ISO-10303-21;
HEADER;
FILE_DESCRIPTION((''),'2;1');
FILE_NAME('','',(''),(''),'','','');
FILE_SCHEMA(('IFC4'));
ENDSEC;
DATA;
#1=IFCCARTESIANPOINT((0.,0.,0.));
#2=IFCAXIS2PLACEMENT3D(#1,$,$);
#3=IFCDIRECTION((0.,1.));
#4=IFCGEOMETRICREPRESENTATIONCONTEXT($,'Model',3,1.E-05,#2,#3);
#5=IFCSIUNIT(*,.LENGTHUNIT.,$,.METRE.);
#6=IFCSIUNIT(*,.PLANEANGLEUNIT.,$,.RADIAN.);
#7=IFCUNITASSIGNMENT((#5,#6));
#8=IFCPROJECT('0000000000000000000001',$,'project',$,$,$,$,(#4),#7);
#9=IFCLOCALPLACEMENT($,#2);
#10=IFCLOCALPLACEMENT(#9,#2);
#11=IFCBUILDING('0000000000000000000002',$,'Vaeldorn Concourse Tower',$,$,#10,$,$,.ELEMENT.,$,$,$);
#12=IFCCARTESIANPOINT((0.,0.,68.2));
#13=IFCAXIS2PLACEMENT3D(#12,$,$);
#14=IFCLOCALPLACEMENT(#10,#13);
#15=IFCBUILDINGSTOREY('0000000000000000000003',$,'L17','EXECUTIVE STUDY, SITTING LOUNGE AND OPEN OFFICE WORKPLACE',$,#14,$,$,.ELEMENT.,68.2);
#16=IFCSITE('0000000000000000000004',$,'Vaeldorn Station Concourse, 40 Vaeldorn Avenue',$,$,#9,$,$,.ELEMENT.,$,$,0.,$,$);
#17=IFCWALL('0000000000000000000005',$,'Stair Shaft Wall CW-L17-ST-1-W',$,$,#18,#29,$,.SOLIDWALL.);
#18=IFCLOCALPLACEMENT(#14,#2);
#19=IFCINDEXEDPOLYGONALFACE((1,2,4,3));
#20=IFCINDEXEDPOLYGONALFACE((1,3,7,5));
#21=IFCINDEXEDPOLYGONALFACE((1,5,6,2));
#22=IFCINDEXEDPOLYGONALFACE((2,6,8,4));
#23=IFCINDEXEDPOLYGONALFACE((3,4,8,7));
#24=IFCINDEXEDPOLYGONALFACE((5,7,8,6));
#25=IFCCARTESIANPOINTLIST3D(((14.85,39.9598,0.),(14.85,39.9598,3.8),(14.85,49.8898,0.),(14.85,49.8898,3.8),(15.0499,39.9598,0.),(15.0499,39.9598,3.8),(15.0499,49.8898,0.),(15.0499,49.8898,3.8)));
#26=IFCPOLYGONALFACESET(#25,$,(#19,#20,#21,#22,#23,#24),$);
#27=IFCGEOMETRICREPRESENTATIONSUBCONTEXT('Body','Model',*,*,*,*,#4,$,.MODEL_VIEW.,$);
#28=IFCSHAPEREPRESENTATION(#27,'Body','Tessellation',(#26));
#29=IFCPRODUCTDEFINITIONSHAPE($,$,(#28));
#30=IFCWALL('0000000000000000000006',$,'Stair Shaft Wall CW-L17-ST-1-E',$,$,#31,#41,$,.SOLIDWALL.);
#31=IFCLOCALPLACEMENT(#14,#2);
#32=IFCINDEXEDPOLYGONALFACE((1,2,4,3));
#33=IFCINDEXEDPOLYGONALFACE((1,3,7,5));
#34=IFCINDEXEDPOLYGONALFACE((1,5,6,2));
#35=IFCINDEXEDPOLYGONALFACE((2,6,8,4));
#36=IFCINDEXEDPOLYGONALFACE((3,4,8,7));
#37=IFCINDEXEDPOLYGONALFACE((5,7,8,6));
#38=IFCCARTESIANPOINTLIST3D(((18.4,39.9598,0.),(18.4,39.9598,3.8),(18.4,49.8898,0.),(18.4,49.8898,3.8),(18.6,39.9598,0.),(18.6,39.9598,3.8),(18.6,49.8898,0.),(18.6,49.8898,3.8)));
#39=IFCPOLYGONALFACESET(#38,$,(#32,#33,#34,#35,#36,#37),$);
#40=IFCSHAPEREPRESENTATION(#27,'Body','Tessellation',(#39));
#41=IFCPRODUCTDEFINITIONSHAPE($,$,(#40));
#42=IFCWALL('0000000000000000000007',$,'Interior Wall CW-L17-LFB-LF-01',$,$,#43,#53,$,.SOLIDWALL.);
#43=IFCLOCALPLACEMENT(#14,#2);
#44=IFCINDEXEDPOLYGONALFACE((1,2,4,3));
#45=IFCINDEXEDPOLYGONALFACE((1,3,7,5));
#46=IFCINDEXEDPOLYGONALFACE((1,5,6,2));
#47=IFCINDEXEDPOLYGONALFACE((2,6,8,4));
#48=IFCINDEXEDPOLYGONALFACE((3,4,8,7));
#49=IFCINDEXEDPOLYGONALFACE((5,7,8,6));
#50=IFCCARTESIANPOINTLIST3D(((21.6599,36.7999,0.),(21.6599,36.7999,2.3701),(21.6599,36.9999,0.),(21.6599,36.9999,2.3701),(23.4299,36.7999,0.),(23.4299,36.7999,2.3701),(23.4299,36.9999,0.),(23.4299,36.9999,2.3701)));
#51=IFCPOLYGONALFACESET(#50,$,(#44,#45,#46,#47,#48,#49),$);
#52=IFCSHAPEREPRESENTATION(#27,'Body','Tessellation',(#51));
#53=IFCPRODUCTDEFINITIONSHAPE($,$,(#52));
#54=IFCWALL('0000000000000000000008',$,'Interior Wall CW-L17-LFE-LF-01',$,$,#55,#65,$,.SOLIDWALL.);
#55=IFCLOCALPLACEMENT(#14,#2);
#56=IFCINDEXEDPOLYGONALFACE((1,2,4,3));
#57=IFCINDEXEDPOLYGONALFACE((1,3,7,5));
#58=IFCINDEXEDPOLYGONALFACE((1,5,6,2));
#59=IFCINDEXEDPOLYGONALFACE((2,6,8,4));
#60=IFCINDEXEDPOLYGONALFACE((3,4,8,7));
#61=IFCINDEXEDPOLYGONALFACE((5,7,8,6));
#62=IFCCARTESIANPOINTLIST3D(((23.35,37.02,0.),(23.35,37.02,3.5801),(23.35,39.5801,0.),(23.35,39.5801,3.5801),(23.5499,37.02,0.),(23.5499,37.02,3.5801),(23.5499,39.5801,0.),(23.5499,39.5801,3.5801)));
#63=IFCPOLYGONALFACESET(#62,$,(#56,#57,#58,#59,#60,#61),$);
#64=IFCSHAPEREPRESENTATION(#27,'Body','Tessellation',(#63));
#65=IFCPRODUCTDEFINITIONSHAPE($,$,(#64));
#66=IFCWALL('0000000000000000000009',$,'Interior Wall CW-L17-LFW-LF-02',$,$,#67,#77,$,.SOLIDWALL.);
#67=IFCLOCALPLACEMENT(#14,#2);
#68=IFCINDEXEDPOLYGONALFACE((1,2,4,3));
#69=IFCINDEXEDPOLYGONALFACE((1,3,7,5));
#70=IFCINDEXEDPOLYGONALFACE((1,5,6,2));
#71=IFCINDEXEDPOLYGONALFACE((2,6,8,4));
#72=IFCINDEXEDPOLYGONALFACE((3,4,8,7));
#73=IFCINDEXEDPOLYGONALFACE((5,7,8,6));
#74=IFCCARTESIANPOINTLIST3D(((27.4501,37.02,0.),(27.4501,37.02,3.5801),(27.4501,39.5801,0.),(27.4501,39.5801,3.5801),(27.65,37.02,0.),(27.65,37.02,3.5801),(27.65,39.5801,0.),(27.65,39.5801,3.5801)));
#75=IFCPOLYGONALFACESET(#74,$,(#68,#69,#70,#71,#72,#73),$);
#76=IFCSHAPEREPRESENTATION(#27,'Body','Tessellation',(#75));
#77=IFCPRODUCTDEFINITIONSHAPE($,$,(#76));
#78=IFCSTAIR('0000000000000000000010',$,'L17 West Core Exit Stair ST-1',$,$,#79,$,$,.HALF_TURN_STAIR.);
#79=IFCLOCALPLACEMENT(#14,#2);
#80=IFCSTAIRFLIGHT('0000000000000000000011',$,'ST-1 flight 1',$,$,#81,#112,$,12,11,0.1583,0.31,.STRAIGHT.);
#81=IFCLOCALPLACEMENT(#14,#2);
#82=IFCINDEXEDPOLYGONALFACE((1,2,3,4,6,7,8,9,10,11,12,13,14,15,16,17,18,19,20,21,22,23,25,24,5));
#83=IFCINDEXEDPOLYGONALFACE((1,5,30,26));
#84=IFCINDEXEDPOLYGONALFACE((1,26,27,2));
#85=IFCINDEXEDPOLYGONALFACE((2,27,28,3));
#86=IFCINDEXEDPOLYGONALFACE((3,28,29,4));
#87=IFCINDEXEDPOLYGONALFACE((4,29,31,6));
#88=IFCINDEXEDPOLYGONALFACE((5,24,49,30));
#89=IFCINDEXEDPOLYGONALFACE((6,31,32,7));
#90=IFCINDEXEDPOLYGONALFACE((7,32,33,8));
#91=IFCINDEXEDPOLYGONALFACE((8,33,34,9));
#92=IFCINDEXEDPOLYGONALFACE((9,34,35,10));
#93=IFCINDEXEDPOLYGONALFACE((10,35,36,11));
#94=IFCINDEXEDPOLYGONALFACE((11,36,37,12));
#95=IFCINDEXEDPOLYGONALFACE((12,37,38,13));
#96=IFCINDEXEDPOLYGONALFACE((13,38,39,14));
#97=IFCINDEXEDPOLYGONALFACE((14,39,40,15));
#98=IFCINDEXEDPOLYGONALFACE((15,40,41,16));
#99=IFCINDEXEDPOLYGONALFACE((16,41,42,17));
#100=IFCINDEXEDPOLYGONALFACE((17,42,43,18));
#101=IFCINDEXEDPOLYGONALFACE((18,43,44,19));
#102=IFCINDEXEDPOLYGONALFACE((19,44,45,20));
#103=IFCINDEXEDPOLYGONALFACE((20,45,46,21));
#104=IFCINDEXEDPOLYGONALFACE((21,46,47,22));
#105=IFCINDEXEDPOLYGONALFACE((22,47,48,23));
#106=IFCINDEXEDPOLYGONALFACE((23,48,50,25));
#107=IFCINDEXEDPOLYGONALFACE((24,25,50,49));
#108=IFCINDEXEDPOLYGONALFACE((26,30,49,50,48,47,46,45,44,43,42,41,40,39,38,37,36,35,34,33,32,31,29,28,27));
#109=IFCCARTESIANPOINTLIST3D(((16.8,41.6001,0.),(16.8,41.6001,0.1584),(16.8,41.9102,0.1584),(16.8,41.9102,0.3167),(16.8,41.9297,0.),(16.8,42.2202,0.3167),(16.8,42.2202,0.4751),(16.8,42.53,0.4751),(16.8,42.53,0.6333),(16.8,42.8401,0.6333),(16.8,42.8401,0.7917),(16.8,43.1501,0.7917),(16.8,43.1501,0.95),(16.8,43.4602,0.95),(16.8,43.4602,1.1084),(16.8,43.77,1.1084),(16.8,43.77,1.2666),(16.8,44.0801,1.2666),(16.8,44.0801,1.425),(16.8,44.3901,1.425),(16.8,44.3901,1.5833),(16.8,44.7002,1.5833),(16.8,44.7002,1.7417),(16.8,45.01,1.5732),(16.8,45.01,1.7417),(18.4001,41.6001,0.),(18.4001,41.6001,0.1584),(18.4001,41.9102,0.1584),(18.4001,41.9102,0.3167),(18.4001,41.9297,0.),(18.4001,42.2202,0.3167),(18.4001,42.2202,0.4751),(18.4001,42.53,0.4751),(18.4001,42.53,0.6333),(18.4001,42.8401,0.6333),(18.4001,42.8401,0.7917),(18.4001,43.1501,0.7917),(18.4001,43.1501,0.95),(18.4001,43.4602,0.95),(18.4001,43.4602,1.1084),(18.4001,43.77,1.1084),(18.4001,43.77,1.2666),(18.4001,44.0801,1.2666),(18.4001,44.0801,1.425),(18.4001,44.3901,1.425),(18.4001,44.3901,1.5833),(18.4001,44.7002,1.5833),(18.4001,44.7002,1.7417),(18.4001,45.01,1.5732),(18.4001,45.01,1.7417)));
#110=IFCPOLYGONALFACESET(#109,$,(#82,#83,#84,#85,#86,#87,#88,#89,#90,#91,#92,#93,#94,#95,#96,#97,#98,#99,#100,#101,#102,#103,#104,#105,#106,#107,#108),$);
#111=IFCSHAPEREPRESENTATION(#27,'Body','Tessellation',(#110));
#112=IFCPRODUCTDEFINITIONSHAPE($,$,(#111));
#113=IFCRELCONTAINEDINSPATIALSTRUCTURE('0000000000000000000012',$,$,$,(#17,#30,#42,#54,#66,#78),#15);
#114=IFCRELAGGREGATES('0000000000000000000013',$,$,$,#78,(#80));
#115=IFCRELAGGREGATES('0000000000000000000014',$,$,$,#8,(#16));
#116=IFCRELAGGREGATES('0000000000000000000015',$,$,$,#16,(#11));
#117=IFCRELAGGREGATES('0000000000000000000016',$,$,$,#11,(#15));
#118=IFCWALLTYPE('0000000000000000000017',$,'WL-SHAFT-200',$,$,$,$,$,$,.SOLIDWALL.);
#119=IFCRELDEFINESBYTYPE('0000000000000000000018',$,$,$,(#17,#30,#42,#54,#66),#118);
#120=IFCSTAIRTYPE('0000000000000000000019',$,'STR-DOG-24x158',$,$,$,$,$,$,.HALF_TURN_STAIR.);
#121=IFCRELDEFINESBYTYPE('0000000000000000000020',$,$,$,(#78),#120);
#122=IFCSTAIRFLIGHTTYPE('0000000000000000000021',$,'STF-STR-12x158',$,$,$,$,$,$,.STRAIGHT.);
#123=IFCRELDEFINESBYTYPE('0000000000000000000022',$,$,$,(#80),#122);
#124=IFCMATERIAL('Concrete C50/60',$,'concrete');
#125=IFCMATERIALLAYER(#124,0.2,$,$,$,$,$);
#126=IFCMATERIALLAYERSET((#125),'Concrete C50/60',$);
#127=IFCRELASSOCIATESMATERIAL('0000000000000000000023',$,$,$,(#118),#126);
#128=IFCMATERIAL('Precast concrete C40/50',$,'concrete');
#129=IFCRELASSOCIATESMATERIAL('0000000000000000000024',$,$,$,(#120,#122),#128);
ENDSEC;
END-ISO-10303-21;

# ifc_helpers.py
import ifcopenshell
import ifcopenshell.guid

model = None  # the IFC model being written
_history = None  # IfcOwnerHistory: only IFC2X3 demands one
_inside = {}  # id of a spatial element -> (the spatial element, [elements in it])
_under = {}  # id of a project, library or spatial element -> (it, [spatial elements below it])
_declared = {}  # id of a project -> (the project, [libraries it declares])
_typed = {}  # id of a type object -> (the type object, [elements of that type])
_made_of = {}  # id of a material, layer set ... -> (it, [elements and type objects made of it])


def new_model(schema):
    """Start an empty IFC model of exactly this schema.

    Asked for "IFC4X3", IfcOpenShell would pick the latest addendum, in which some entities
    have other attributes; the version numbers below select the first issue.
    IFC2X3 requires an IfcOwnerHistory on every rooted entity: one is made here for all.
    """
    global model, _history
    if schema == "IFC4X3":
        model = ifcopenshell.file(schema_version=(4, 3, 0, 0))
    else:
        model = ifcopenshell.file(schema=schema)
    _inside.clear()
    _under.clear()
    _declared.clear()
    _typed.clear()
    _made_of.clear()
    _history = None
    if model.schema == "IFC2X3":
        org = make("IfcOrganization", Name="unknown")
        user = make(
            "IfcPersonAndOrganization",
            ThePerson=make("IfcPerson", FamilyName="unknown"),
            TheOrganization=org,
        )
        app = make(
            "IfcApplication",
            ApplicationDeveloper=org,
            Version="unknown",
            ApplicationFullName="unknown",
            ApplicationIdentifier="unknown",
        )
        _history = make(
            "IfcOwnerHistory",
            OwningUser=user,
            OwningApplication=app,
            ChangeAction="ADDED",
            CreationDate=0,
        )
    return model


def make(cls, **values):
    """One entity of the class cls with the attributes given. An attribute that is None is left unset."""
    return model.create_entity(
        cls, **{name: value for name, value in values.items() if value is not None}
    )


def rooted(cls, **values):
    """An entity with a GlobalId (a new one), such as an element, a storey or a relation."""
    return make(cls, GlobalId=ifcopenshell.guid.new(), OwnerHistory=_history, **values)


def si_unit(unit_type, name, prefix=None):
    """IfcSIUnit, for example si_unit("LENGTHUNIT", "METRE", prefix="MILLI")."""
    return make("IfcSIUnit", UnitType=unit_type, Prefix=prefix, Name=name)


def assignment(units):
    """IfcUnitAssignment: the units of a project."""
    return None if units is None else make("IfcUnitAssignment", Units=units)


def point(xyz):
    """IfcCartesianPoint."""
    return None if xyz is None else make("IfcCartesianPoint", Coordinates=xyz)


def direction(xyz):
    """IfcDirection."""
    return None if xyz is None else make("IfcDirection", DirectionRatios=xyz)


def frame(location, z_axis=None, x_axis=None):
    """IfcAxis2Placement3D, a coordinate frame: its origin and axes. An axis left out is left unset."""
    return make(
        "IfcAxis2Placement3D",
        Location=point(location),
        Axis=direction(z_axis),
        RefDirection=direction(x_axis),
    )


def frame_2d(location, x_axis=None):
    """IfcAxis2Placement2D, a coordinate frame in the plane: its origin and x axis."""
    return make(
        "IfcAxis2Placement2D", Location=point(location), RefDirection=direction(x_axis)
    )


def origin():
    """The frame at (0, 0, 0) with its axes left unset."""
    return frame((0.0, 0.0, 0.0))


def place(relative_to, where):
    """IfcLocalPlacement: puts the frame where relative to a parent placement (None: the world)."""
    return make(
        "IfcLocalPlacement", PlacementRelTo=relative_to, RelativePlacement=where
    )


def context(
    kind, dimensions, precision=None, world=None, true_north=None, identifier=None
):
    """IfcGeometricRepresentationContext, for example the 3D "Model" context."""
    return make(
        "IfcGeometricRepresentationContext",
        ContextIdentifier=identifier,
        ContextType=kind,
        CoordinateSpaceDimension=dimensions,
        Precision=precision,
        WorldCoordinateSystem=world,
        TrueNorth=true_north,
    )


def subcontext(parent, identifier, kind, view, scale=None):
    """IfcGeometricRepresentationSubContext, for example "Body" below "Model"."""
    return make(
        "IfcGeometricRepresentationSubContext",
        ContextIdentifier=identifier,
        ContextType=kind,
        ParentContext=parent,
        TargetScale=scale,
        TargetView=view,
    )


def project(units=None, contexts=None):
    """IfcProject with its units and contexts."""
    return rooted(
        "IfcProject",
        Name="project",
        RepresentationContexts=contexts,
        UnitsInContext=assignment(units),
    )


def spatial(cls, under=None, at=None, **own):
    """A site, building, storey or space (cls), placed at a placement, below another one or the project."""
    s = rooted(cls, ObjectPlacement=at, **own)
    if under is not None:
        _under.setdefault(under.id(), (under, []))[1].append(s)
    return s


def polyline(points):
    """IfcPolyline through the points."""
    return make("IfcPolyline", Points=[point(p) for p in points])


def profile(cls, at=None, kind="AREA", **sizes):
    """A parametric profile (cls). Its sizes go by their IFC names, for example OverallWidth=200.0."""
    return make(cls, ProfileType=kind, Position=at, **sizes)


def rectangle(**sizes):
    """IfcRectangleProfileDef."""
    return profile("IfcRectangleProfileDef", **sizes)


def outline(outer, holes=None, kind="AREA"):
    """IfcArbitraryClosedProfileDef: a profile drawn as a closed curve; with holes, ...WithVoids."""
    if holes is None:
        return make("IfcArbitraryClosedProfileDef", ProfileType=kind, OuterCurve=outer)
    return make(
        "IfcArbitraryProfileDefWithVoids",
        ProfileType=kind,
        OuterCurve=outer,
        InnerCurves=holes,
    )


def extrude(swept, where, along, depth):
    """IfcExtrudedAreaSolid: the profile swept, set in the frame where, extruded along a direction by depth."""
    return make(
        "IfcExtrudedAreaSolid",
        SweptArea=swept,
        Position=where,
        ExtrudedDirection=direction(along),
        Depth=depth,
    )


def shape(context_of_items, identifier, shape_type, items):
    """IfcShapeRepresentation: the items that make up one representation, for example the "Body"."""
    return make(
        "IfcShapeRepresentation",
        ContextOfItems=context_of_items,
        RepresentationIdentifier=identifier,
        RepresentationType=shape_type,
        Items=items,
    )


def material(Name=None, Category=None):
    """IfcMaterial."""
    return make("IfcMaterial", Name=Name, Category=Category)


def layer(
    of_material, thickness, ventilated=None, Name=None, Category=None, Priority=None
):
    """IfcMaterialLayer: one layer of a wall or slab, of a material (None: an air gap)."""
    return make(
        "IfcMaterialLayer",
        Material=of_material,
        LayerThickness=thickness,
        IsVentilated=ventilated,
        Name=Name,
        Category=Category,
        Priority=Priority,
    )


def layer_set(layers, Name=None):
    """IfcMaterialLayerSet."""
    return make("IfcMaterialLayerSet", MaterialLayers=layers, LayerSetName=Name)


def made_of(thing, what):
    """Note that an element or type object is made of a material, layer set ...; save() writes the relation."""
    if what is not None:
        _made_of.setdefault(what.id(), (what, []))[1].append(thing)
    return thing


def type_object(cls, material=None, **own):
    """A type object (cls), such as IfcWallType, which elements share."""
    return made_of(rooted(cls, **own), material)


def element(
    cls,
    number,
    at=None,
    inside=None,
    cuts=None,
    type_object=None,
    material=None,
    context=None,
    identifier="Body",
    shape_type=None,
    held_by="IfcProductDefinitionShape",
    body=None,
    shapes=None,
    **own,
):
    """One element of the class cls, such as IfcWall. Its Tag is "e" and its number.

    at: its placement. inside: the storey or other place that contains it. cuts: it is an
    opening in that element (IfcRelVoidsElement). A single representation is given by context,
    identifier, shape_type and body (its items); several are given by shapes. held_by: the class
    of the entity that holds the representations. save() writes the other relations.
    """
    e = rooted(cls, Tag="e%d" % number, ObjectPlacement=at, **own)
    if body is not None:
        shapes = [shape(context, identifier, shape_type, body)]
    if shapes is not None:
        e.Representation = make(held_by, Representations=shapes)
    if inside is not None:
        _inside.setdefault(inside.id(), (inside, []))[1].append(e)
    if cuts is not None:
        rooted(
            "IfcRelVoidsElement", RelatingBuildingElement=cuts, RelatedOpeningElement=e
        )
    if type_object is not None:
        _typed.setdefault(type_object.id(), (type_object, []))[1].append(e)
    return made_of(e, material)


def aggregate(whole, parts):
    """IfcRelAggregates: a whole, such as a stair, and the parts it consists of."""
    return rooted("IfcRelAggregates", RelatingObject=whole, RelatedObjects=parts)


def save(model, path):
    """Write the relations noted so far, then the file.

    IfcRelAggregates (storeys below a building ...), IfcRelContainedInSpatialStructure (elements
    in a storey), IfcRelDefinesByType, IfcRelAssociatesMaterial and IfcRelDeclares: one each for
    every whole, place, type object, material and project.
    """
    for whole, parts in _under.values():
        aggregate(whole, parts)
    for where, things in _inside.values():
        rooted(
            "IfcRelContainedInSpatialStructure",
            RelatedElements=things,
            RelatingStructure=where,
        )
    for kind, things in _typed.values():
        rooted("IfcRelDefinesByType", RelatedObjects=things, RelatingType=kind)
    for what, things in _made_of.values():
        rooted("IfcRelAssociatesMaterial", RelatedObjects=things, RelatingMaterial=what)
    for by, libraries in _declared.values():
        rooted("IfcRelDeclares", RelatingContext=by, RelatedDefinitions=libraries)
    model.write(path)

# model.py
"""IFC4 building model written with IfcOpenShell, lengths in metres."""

from ifc_helpers import new_model, si_unit, direction, frame, frame_2d, origin, place, context, subcontext, project, spatial, polyline, rectangle, outline, extrude, material, layer, layer_set, type_object, element, aggregate, save


model = new_model("IFC4")

# Units and contexts
model_context = context("Model", 3, precision=1e-05, world=origin(), true_north=direction((0.0, 1.0)))
body_context = subcontext(model_context, "Body", "Model", "MODEL_VIEW")
ifc_project = project(units=[si_unit("LENGTHUNIT", "METRE"), si_unit("PLANEANGLEUNIT", "RADIAN")], contexts=[model_context])

# Site, building, storey
site_placement = place(None, origin())
site = spatial("IfcSite", under=ifc_project, at=site_placement, Name="Vaeldorn Station Concourse, 40 Vaeldorn Avenue", CompositionType="ELEMENT", RefElevation=0.0)
building_placement = place(site_placement, origin())
building = spatial("IfcBuilding", under=site, at=building_placement, Name="Vaeldorn Concourse Tower", CompositionType="ELEMENT")
storey_placement = place(building_placement, frame((0.0, 0.0, 68.2)))
storey = spatial("IfcBuildingStorey", under=building, at=storey_placement, Name="L17", Description="EXECUTIVE STUDY, SITTING LOUNGE AND OPEN OFFICE WORKPLACE", CompositionType="ELEMENT", Elevation=68.2)

# Shared definitions
ifc_material_1 = material(Name="Concrete C50/60", Category="concrete")
ifc_layer_1 = layer(ifc_material_1, 0.2)
ifc_layer_set_1 = layer_set([ifc_layer_1], Name="Concrete C50/60")
wall_type_1 = type_object("IfcWallType", Name="WL-SHAFT-200", PredefinedType="SOLIDWALL", material=ifc_layer_set_1)

# Walls
for number, where, z_axis, x_axis, name in (
    (1, (14.95, 39.96, 0.0), (0.0, 0.0, 1.0), (0.0, 1.0, 0.0), "Stair Shaft Wall CW-L17-ST-1-W"),
    (2, (18.5, 39.96, 0.0), (0.0, 0.0, 1.0), (0.0, 1.0, 0.0), "Stair Shaft Wall CW-L17-ST-1-E"),
):
    element("IfcWall", number, at=place(storey_placement, frame(where, z_axis=z_axis, x_axis=x_axis)), inside=storey, type_object=wall_type_1, Name=name, PredefinedType="SOLIDWALL", context=body_context, shape_type="SweptSolid", body=[
        extrude(rectangle(XDim=9.9299, YDim=0.2, at=frame_2d((4.9648, 0.0))), origin(), (0.0, 0.0, 1.0), 3.8),
    ])

# Walls
wall_1_placement = place(storey_placement, frame((21.6599, 36.8999, 0.0), z_axis=(0.0, 0.0, 1.0), x_axis=(1.0, 0.0, 0.0)))
element("IfcWall", 3, at=wall_1_placement, inside=storey, type_object=wall_type_1, Name="Interior Wall CW-L17-LFB-LF-01", PredefinedType="SOLIDWALL", context=body_context, shape_type="SweptSolid", body=[
    extrude(rectangle(XDim=1.77, YDim=0.2, at=frame_2d((0.885, 0.0))), origin(), (0.0, 0.0, 1.0), 2.3701),
])
wall_2_placement = place(storey_placement, frame((23.45, 37.02, 0.0), z_axis=(0.0, 0.0, 1.0), x_axis=(0.0, 1.0, 0.0)))
element("IfcWall", 4, at=wall_2_placement, inside=storey, type_object=wall_type_1, Name="Interior Wall CW-L17-LFE-LF-01", PredefinedType="SOLIDWALL", context=body_context, shape_type="SweptSolid", body=[
    extrude(rectangle(XDim=2.5601, YDim=0.2, at=frame_2d((1.28, 0.0))), origin(), (0.0, 0.0, 1.0), 3.5801),
])

# Wall
wall_3_placement = place(storey_placement, frame((27.55, 37.02, 0.0), z_axis=(0.0, 0.0, 1.0), x_axis=(0.0, 1.0, 0.0)))
element("IfcWall", 5, at=wall_3_placement, inside=storey, type_object=wall_type_1, Name="Interior Wall CW-L17-LFW-LF-02", PredefinedType="SOLIDWALL", context=body_context, shape_type="SweptSolid", body=[
    extrude(rectangle(XDim=2.5601, YDim=0.2, at=frame_2d((1.28, 0.0))), origin(), (0.0, 0.0, 1.0), 3.5801),
])

# Stair, stair flight
ifc_material_2 = material(Name="Precast concrete C40/50", Category="concrete")
stair_type = type_object("IfcStairType", Name="STR-DOG-24x158", PredefinedType="HALF_TURN_STAIR", material=ifc_material_2)
stair_placement = place(storey_placement, origin())
stair = element("IfcStair", 6, at=stair_placement, inside=storey, type_object=stair_type, Name="L17 West Core Exit Stair ST-1", PredefinedType="HALF_TURN_STAIR")
stair_flight_type = type_object("IfcStairFlightType", Name="STF-STR-12x158", PredefinedType="STRAIGHT", material=ifc_material_2)
stair_flight_placement = place(storey_placement, frame((17.6001, 41.6001, 0.0), z_axis=(0.0, 0.0, 1.0), x_axis=(0.0, 1.0, 0.0)))
stair_flight = element("IfcStairFlight", 7, at=stair_flight_placement, type_object=stair_flight_type, Name="ST-1 flight 1", NumberOfRisers=12, NumberOfTreads=11, PredefinedType="STRAIGHT", RiserHeight=0.1583, TreadLength=0.31, context=body_context, shape_type="SweptSolid", body=[
    extrude(outline(polyline([(0.0, 0.0), (0.0, 0.1584), (0.3101, 0.1584), (0.3101, 0.3167), (0.6201, 0.3167), (0.6201, 0.4751), (0.9299, 0.4751), (0.9299, 0.6333), (1.24, 0.6333), (1.24, 0.7917), (1.55, 0.7917), (1.55, 0.95), (1.8601, 0.95), (1.8601, 1.1084), (2.1699, 1.1084), (2.1699, 1.2666), (2.48, 1.2666), (2.48, 1.425), (2.79, 1.425), (2.79, 1.5833), (3.1001, 1.5833), (3.1001, 1.7417), (3.4099, 1.7417), (3.4099, 1.8999), (3.4099, 1.5732), (0.3296, 0.0), (0.0, 0.0)])), frame((0.0, 0.8, 0.0), z_axis=(0.0, -1.0, 0.0), x_axis=(1.0, 0.0, 0.0)), (0.0, 0.0, 1.0), 1.6001),
])
aggregate(stair, [stair_flight])

save(model, "model.ifc")
